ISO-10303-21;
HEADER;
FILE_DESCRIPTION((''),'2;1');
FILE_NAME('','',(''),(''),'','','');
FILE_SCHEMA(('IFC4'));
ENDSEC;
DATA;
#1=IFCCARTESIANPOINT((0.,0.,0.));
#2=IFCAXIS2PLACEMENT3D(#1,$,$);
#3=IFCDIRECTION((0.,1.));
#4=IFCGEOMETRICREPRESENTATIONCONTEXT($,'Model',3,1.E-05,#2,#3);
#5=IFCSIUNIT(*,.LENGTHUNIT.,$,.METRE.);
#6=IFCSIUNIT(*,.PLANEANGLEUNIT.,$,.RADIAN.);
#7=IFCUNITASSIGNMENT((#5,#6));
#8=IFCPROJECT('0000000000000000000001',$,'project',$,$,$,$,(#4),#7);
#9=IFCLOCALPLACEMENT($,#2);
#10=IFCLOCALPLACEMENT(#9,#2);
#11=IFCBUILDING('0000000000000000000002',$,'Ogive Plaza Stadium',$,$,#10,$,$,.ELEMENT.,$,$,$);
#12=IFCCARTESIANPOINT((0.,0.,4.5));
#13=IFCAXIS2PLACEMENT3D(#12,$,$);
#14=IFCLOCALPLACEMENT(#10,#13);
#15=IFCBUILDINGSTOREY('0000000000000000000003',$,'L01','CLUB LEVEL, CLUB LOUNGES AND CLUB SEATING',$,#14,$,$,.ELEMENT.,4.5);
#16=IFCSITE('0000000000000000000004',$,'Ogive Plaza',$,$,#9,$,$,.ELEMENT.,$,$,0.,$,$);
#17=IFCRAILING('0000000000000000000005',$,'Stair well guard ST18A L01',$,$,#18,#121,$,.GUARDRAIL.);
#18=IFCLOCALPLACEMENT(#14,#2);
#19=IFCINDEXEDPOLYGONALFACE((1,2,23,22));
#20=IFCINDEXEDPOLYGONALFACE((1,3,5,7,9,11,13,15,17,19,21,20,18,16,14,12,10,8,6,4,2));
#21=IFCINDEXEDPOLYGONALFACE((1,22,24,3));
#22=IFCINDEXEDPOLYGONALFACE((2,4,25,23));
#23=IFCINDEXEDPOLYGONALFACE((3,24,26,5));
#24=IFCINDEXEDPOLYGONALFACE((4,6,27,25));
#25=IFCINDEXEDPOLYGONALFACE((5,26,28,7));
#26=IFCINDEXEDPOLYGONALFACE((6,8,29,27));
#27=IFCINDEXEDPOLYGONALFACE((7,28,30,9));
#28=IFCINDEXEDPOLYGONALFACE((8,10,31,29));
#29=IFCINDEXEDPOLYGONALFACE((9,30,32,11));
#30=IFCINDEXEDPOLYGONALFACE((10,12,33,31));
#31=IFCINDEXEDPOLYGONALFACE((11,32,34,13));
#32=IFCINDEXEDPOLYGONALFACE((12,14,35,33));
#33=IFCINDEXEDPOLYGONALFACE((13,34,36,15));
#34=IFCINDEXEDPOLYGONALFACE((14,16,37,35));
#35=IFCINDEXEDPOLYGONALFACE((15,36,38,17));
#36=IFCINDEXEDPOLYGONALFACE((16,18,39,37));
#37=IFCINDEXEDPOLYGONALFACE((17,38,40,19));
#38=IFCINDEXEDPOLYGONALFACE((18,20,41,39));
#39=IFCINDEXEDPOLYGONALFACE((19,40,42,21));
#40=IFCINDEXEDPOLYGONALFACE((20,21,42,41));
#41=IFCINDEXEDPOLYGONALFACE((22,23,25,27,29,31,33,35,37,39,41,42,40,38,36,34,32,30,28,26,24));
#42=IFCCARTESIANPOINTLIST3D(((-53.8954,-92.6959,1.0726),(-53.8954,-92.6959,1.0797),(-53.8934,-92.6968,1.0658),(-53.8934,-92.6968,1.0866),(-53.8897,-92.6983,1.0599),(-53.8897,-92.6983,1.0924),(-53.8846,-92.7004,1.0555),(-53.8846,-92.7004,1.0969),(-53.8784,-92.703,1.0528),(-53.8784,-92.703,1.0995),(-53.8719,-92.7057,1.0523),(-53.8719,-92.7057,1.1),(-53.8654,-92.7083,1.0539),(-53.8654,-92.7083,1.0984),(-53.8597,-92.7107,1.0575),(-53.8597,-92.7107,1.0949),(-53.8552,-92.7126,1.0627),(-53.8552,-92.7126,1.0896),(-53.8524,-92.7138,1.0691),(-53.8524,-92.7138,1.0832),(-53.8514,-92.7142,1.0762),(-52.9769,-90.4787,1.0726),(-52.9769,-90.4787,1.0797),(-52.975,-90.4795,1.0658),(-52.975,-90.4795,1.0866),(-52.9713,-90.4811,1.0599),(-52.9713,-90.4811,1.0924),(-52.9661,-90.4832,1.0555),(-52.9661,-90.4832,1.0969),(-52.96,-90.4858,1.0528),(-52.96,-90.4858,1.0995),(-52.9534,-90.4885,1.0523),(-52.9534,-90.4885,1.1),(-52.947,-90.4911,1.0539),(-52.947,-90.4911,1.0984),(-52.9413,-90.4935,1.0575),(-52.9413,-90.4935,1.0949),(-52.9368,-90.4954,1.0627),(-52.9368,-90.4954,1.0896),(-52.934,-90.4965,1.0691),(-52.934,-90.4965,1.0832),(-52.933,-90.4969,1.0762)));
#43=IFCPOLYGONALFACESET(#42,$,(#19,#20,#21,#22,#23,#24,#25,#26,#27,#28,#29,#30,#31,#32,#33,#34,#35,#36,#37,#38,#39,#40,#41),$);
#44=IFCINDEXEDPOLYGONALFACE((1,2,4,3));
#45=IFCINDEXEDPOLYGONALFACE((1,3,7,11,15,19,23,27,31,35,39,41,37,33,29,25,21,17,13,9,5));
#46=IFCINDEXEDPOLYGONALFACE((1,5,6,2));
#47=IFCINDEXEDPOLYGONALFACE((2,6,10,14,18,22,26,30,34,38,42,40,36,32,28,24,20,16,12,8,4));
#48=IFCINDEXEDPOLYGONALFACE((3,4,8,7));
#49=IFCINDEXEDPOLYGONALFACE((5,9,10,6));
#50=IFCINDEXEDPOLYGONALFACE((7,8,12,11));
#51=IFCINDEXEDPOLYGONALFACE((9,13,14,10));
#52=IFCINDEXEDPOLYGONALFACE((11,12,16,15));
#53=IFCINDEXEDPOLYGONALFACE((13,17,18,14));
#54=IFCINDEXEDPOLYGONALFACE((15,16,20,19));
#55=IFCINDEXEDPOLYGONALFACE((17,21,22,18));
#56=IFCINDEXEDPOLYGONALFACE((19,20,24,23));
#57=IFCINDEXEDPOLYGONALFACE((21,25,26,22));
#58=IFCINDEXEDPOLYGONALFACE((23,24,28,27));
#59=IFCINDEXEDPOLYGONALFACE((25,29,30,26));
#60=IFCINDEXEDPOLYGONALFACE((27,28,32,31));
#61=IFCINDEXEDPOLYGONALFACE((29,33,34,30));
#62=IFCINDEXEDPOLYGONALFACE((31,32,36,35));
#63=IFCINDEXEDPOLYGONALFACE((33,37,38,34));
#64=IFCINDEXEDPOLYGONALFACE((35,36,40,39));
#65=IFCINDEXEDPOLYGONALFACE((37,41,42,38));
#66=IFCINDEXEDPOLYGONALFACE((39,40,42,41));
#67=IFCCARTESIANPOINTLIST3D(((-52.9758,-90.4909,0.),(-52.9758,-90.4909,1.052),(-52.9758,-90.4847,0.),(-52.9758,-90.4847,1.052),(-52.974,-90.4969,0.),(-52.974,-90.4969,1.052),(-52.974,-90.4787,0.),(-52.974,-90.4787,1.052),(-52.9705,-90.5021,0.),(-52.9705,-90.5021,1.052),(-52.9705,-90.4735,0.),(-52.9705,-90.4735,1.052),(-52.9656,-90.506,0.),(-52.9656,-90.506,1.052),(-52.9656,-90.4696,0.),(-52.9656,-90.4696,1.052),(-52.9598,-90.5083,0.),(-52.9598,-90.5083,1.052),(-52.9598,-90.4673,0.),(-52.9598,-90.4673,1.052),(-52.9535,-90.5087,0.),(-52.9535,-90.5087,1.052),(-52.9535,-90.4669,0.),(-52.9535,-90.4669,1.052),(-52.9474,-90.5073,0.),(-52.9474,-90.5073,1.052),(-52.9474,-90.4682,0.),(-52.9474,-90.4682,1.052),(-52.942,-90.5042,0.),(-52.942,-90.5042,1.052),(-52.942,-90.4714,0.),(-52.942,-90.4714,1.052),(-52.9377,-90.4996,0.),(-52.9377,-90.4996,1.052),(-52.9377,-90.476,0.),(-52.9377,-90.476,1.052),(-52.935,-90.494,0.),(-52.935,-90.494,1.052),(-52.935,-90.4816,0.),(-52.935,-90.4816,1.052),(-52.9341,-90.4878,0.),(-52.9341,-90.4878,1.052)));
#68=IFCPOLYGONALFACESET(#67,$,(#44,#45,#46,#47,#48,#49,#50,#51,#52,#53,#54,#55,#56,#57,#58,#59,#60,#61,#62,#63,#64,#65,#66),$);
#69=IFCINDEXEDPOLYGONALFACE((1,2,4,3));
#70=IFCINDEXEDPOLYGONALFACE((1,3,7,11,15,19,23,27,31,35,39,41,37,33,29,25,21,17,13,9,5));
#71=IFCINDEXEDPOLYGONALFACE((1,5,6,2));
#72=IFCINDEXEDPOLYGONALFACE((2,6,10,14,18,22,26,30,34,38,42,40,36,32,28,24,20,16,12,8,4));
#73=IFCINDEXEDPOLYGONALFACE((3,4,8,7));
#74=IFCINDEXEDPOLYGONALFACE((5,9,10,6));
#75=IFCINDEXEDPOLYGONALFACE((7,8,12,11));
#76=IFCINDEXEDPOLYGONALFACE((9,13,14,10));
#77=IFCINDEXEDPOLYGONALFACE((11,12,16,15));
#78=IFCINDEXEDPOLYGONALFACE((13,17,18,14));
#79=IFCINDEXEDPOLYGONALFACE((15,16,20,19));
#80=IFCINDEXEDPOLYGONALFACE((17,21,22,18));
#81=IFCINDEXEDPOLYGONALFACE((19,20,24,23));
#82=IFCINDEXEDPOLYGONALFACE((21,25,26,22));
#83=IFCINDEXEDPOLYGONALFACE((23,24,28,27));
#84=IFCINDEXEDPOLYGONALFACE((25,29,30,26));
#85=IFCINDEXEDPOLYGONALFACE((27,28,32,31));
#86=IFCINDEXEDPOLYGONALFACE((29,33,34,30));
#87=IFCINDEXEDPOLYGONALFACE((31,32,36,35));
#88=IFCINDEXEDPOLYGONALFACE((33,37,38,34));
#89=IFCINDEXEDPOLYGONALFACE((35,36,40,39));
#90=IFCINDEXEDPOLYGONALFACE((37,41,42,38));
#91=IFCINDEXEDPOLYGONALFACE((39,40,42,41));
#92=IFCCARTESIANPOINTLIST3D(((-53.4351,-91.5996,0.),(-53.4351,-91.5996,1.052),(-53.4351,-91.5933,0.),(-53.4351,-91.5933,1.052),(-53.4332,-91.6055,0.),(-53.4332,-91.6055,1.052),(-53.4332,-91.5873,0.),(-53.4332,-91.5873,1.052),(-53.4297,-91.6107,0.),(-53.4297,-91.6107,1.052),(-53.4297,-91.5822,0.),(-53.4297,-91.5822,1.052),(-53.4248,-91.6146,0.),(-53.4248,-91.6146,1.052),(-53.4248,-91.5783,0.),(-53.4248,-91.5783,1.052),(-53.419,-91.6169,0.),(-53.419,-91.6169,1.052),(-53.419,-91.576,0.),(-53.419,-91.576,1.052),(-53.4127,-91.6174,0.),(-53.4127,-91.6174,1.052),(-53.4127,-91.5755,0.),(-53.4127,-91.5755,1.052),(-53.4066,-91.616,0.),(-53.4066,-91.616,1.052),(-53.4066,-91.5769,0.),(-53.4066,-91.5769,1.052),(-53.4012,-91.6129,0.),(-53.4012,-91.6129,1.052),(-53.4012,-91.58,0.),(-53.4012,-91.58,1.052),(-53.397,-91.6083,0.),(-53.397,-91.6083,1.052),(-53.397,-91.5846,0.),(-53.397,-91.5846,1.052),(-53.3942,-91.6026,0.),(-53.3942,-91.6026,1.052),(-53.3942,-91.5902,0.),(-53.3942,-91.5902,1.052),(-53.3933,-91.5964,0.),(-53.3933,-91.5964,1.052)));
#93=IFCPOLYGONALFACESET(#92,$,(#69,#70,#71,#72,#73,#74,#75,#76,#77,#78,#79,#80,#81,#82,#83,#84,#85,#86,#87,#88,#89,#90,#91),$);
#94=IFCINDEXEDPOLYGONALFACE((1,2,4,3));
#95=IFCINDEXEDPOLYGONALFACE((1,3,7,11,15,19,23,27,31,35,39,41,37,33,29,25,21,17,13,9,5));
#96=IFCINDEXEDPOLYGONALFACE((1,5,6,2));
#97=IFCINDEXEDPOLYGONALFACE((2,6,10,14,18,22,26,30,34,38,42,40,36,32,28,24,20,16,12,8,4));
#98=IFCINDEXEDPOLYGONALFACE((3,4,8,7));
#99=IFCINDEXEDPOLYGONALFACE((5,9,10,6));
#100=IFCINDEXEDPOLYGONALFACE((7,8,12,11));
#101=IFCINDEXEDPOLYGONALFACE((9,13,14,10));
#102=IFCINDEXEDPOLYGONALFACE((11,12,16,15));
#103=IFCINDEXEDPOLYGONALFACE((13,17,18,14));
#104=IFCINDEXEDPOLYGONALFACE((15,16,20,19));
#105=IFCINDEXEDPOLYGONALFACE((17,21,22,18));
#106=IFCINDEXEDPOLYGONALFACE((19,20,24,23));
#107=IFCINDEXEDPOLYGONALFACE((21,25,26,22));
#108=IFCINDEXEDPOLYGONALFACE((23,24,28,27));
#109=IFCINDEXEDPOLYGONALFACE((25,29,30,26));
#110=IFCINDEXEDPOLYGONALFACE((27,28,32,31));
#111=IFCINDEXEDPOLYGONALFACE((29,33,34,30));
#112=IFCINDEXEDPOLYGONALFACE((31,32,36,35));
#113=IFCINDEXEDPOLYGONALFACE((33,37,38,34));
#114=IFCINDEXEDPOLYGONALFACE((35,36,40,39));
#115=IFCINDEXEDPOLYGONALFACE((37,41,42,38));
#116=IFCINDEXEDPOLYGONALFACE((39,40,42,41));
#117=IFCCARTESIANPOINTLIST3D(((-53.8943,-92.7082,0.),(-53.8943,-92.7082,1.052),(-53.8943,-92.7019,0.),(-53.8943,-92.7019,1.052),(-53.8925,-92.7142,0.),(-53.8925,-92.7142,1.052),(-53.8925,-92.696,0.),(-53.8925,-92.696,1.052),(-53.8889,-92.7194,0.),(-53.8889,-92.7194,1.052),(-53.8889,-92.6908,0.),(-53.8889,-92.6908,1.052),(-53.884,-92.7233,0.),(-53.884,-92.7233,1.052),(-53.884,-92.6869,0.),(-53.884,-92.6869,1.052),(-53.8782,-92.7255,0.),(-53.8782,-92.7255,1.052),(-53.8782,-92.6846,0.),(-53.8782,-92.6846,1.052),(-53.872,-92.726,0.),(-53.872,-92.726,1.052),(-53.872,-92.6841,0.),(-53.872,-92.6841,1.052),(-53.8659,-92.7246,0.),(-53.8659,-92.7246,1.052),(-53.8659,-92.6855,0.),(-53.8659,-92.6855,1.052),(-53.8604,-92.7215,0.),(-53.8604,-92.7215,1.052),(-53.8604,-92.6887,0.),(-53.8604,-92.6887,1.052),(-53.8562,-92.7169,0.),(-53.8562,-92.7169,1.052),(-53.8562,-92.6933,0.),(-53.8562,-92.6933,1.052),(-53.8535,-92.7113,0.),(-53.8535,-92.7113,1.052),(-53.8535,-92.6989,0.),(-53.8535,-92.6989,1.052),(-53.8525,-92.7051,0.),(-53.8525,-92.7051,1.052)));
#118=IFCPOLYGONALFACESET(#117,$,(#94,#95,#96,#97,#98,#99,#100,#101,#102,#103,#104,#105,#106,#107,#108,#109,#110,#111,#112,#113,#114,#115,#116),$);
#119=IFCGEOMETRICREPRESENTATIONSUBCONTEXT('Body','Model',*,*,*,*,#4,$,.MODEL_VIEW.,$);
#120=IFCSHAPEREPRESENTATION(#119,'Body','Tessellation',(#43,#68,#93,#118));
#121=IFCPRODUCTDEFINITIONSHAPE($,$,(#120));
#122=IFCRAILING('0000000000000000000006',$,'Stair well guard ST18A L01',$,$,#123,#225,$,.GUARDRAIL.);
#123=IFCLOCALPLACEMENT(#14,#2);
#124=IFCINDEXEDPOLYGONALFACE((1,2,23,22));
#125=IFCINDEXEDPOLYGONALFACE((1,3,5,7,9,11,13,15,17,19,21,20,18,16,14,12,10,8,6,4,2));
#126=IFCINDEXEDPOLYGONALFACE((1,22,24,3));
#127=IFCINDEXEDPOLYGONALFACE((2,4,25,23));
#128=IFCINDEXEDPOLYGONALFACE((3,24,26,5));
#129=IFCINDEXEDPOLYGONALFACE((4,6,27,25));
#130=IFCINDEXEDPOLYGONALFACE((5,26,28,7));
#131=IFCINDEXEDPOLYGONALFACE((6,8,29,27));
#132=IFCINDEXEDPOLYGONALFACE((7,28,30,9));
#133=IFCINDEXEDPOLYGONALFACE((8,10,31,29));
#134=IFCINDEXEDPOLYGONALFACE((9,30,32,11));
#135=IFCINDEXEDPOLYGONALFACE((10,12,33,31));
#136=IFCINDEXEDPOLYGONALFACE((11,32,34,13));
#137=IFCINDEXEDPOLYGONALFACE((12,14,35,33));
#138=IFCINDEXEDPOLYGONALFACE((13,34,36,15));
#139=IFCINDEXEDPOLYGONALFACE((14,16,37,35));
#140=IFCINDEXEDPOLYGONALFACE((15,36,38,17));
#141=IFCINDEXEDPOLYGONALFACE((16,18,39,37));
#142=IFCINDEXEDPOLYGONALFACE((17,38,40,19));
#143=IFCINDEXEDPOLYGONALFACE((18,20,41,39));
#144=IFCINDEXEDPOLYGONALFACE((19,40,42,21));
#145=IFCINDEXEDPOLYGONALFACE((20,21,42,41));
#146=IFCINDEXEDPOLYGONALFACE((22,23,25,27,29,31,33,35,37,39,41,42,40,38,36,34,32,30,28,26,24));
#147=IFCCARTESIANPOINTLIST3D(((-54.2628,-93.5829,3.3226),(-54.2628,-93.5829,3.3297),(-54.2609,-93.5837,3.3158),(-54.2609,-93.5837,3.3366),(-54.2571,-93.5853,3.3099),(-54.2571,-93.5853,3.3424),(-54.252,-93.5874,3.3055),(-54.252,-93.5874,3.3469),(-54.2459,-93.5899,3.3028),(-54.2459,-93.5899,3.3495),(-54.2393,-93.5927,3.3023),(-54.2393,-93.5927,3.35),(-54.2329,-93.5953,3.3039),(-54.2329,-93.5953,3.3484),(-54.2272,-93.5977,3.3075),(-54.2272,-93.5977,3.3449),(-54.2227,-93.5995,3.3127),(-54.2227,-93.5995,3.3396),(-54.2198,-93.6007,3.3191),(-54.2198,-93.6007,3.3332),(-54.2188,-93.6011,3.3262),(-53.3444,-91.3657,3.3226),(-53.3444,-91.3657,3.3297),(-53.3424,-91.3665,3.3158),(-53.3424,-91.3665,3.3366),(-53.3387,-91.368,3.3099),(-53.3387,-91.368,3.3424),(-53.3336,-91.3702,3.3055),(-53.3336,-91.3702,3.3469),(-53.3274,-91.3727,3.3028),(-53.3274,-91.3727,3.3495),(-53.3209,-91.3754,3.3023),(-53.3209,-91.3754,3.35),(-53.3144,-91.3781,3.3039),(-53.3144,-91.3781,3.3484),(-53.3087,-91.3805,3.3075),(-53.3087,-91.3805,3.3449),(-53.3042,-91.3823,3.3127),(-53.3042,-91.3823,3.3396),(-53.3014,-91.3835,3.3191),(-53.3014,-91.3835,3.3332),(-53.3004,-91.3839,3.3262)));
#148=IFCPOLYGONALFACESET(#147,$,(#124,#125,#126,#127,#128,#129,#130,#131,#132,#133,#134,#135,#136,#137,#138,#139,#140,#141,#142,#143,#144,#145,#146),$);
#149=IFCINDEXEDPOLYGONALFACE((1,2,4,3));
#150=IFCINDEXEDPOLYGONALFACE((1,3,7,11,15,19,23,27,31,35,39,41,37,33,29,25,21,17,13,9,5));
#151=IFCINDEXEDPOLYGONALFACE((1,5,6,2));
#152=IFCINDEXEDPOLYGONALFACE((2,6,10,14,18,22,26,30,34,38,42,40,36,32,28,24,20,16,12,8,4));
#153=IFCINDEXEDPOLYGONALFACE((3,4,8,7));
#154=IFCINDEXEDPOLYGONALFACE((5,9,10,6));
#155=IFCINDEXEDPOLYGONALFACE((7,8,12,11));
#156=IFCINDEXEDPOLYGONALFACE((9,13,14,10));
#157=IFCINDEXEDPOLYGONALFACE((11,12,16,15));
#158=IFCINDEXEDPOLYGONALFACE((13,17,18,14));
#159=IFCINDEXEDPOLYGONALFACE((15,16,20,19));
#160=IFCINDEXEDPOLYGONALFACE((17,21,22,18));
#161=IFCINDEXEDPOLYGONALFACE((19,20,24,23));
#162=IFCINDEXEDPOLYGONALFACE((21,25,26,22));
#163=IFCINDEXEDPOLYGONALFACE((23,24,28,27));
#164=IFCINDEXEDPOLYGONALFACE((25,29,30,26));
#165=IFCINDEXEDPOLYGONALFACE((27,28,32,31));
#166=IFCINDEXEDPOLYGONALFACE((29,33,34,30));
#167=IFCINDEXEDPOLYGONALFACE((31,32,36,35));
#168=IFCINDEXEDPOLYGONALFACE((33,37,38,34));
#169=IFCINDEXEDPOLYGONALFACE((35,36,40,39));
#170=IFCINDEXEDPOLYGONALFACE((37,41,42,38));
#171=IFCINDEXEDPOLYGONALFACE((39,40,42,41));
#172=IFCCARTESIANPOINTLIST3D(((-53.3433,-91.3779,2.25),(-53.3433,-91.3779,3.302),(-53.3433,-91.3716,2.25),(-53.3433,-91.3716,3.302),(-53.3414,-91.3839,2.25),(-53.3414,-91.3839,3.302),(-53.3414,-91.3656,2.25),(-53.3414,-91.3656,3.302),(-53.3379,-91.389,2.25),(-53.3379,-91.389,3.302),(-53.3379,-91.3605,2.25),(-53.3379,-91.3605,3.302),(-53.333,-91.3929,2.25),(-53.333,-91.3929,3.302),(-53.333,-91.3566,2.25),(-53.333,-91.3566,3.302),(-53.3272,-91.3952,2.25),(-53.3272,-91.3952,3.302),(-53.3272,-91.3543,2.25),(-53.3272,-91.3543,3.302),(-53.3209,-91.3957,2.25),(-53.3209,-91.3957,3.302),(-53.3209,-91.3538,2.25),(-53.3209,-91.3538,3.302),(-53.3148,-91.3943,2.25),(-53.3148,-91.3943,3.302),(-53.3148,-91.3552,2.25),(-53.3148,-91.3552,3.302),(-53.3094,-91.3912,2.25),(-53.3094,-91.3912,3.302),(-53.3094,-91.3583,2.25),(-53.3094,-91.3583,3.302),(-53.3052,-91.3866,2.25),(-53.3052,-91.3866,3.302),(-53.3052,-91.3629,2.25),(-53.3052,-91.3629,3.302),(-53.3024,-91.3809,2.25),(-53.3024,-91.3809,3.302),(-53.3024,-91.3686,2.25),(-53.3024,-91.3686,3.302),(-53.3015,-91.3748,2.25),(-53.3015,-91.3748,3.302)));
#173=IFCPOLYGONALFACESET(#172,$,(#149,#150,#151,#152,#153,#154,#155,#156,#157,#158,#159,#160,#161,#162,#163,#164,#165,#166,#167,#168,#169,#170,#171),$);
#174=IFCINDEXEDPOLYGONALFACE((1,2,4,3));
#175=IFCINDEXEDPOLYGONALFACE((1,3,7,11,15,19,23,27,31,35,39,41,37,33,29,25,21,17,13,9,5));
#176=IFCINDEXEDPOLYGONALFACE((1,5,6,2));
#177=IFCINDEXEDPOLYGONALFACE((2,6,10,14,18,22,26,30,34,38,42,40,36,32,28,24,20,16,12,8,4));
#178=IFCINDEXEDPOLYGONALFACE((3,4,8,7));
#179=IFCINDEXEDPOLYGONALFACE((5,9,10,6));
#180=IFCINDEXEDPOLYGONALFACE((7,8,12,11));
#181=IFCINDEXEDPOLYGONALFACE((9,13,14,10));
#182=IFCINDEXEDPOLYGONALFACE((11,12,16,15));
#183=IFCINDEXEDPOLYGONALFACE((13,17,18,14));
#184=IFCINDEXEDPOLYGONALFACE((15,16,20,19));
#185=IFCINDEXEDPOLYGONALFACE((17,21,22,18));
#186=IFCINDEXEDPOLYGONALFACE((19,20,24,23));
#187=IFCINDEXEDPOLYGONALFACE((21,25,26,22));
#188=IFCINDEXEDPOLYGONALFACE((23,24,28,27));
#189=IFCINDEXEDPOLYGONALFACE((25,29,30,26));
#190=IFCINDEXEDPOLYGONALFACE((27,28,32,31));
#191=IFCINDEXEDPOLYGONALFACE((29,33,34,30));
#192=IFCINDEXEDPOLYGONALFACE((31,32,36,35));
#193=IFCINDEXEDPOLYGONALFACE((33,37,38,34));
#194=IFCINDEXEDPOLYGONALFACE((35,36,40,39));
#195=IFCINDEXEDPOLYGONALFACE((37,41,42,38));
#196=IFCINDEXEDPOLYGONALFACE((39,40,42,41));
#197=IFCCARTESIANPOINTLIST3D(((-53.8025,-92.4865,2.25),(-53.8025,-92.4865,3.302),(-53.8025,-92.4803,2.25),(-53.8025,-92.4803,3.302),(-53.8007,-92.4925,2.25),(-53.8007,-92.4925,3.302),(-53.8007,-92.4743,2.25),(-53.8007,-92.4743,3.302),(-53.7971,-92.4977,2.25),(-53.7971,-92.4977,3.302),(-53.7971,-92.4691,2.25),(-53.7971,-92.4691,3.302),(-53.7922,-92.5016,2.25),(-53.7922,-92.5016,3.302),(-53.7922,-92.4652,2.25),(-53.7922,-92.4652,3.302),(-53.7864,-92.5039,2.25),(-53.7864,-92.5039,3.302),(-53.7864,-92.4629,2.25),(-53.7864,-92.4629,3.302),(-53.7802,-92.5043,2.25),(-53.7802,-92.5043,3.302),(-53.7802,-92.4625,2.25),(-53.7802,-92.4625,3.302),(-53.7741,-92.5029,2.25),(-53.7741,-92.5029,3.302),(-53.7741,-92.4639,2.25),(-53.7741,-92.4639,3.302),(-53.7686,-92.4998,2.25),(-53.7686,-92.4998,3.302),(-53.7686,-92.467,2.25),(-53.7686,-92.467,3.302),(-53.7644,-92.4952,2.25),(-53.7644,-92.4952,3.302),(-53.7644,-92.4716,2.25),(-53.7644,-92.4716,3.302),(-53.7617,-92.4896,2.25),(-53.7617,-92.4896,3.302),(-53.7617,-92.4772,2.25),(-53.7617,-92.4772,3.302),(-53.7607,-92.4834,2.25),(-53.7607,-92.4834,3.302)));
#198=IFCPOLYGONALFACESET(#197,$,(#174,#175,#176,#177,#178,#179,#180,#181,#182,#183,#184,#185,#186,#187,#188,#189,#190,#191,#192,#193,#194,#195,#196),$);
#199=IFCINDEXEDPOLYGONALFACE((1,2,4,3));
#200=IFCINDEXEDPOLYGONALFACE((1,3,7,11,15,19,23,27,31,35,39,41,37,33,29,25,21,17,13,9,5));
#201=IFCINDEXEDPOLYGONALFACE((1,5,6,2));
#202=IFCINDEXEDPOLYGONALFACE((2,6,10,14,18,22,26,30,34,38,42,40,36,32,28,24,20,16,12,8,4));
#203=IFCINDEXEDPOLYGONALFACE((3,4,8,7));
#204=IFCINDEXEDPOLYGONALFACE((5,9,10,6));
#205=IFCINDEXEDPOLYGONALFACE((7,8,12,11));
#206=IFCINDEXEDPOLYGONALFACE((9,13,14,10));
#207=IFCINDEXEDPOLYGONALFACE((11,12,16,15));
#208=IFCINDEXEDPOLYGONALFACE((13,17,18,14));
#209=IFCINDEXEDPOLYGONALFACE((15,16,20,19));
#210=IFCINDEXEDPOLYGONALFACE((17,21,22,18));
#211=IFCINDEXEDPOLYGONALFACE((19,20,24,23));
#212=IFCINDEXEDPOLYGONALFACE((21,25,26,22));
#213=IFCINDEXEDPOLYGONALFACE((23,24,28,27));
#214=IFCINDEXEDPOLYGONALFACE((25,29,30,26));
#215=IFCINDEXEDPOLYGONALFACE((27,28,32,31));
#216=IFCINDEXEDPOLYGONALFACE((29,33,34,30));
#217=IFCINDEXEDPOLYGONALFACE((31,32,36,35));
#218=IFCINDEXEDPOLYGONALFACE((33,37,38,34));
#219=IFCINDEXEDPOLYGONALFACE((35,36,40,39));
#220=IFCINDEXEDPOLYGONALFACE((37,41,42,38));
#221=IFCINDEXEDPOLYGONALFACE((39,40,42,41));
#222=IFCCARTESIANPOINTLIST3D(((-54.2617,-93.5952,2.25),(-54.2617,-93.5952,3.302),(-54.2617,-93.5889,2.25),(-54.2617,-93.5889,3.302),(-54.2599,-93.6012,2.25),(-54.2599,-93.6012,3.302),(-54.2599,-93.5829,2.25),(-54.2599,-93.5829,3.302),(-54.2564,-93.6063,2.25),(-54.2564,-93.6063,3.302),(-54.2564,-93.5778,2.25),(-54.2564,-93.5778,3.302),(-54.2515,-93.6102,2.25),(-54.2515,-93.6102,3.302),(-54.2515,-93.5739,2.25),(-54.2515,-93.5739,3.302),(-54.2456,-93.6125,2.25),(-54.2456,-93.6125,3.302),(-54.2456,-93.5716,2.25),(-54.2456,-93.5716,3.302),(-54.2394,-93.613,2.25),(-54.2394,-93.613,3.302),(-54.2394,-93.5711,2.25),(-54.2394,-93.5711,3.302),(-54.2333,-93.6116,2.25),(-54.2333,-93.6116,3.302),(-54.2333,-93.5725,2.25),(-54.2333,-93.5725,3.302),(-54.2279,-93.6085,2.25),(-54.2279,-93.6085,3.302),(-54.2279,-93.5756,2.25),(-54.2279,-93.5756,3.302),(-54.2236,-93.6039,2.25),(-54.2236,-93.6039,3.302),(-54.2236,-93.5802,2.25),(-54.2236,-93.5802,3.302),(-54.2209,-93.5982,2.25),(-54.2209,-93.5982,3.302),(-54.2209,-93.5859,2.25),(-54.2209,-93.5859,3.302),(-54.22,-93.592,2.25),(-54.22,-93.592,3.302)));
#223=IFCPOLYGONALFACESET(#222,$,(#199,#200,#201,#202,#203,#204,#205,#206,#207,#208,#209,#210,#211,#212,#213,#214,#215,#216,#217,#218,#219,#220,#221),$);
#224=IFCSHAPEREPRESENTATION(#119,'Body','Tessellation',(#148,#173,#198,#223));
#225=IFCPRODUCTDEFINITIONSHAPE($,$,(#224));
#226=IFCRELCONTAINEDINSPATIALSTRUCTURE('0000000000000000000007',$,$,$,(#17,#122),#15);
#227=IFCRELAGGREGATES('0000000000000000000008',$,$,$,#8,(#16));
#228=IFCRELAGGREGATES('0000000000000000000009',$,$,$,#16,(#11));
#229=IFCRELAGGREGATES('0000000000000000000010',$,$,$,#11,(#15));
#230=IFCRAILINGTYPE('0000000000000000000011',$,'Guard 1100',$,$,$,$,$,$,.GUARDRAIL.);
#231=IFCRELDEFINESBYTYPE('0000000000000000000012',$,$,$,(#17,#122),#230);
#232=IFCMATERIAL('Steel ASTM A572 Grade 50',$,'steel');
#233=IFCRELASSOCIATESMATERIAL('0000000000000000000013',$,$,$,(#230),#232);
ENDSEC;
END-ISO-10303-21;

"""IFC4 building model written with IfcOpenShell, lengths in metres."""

from ifc_helpers import new_model, si_unit, direction, frame, origin, origin_2d, place, context, subcontext, project, spatial, circle, extrude, material, type_object, element, save


model = new_model("IFC4")

# Units and contexts
model_context = context("Model", 3, precision=1e-05, world=origin(), true_north=direction((0.0, 1.0)))
body_context = subcontext(model_context, "Body", "Model", "MODEL_VIEW")
ifc_project = project(units=[si_unit("LENGTHUNIT", "METRE"), si_unit("PLANEANGLEUNIT", "RADIAN")], contexts=[model_context])

# Site, building, storey
site_placement = place(None, origin())
site = spatial("IfcSite", under=ifc_project, at=site_placement, Name="Ogive Plaza", CompositionType="ELEMENT", RefElevation=0.0)
building_placement = place(site_placement, origin())
building = spatial("IfcBuilding", under=site, at=building_placement, Name="Ogive Plaza Stadium", CompositionType="ELEMENT")
storey_placement = place(building_placement, frame((0.0, 0.0, 4.5)))
storey = spatial("IfcBuildingStorey", under=building, at=storey_placement, Name="L01", Description="CLUB LEVEL, CLUB LOUNGES AND CLUB SEATING", CompositionType="ELEMENT", Elevation=4.5)

# Railings
ifc_material_1 = material(Name="Steel ASTM A572 Grade 50", Category="steel")
railing_type_1 = type_object("IfcRailingType", Name="Guard 1100", PredefinedType="GUARDRAIL", material=ifc_material_1)
for number, where, name in (
    (1, (-52.9551, -90.4878, 0.0), "Stair well guard ST18A L01"),
    (2, (-53.3225, -91.3748, 2.25), "Stair well guard ST18A L01"),
):
    element("IfcRailing", number, at=place(storey_placement, frame(where)), inside=storey, type_object=railing_type_1, Name=name, PredefinedType="GUARDRAIL", context=body_context, shape_type="SweptSolid", body=[
        extrude(circle(Radius=0.0239, at=origin_2d()), frame((0.0, 0.0, 1.0762), z_axis=(-0.382693, -0.923875, 0.0), x_axis=(0.923875, -0.382693, 0.0)), (0.0, 0.0, 1.0), 2.3999),
        extrude(circle(Radius=0.021, at=origin_2d()), origin(), (0.0, 0.0, 1.0), 1.052),
        extrude(circle(Radius=0.021, at=origin_2d()), frame((-0.4592, -1.1086, 0.0)), (0.0, 0.0, 1.0), 1.052),
        extrude(circle(Radius=0.021, at=origin_2d()), frame((-0.9185, -2.2173, 0.0)), (0.0, 0.0, 1.0), 1.052),
    ])

save(model, "model.ifc")
